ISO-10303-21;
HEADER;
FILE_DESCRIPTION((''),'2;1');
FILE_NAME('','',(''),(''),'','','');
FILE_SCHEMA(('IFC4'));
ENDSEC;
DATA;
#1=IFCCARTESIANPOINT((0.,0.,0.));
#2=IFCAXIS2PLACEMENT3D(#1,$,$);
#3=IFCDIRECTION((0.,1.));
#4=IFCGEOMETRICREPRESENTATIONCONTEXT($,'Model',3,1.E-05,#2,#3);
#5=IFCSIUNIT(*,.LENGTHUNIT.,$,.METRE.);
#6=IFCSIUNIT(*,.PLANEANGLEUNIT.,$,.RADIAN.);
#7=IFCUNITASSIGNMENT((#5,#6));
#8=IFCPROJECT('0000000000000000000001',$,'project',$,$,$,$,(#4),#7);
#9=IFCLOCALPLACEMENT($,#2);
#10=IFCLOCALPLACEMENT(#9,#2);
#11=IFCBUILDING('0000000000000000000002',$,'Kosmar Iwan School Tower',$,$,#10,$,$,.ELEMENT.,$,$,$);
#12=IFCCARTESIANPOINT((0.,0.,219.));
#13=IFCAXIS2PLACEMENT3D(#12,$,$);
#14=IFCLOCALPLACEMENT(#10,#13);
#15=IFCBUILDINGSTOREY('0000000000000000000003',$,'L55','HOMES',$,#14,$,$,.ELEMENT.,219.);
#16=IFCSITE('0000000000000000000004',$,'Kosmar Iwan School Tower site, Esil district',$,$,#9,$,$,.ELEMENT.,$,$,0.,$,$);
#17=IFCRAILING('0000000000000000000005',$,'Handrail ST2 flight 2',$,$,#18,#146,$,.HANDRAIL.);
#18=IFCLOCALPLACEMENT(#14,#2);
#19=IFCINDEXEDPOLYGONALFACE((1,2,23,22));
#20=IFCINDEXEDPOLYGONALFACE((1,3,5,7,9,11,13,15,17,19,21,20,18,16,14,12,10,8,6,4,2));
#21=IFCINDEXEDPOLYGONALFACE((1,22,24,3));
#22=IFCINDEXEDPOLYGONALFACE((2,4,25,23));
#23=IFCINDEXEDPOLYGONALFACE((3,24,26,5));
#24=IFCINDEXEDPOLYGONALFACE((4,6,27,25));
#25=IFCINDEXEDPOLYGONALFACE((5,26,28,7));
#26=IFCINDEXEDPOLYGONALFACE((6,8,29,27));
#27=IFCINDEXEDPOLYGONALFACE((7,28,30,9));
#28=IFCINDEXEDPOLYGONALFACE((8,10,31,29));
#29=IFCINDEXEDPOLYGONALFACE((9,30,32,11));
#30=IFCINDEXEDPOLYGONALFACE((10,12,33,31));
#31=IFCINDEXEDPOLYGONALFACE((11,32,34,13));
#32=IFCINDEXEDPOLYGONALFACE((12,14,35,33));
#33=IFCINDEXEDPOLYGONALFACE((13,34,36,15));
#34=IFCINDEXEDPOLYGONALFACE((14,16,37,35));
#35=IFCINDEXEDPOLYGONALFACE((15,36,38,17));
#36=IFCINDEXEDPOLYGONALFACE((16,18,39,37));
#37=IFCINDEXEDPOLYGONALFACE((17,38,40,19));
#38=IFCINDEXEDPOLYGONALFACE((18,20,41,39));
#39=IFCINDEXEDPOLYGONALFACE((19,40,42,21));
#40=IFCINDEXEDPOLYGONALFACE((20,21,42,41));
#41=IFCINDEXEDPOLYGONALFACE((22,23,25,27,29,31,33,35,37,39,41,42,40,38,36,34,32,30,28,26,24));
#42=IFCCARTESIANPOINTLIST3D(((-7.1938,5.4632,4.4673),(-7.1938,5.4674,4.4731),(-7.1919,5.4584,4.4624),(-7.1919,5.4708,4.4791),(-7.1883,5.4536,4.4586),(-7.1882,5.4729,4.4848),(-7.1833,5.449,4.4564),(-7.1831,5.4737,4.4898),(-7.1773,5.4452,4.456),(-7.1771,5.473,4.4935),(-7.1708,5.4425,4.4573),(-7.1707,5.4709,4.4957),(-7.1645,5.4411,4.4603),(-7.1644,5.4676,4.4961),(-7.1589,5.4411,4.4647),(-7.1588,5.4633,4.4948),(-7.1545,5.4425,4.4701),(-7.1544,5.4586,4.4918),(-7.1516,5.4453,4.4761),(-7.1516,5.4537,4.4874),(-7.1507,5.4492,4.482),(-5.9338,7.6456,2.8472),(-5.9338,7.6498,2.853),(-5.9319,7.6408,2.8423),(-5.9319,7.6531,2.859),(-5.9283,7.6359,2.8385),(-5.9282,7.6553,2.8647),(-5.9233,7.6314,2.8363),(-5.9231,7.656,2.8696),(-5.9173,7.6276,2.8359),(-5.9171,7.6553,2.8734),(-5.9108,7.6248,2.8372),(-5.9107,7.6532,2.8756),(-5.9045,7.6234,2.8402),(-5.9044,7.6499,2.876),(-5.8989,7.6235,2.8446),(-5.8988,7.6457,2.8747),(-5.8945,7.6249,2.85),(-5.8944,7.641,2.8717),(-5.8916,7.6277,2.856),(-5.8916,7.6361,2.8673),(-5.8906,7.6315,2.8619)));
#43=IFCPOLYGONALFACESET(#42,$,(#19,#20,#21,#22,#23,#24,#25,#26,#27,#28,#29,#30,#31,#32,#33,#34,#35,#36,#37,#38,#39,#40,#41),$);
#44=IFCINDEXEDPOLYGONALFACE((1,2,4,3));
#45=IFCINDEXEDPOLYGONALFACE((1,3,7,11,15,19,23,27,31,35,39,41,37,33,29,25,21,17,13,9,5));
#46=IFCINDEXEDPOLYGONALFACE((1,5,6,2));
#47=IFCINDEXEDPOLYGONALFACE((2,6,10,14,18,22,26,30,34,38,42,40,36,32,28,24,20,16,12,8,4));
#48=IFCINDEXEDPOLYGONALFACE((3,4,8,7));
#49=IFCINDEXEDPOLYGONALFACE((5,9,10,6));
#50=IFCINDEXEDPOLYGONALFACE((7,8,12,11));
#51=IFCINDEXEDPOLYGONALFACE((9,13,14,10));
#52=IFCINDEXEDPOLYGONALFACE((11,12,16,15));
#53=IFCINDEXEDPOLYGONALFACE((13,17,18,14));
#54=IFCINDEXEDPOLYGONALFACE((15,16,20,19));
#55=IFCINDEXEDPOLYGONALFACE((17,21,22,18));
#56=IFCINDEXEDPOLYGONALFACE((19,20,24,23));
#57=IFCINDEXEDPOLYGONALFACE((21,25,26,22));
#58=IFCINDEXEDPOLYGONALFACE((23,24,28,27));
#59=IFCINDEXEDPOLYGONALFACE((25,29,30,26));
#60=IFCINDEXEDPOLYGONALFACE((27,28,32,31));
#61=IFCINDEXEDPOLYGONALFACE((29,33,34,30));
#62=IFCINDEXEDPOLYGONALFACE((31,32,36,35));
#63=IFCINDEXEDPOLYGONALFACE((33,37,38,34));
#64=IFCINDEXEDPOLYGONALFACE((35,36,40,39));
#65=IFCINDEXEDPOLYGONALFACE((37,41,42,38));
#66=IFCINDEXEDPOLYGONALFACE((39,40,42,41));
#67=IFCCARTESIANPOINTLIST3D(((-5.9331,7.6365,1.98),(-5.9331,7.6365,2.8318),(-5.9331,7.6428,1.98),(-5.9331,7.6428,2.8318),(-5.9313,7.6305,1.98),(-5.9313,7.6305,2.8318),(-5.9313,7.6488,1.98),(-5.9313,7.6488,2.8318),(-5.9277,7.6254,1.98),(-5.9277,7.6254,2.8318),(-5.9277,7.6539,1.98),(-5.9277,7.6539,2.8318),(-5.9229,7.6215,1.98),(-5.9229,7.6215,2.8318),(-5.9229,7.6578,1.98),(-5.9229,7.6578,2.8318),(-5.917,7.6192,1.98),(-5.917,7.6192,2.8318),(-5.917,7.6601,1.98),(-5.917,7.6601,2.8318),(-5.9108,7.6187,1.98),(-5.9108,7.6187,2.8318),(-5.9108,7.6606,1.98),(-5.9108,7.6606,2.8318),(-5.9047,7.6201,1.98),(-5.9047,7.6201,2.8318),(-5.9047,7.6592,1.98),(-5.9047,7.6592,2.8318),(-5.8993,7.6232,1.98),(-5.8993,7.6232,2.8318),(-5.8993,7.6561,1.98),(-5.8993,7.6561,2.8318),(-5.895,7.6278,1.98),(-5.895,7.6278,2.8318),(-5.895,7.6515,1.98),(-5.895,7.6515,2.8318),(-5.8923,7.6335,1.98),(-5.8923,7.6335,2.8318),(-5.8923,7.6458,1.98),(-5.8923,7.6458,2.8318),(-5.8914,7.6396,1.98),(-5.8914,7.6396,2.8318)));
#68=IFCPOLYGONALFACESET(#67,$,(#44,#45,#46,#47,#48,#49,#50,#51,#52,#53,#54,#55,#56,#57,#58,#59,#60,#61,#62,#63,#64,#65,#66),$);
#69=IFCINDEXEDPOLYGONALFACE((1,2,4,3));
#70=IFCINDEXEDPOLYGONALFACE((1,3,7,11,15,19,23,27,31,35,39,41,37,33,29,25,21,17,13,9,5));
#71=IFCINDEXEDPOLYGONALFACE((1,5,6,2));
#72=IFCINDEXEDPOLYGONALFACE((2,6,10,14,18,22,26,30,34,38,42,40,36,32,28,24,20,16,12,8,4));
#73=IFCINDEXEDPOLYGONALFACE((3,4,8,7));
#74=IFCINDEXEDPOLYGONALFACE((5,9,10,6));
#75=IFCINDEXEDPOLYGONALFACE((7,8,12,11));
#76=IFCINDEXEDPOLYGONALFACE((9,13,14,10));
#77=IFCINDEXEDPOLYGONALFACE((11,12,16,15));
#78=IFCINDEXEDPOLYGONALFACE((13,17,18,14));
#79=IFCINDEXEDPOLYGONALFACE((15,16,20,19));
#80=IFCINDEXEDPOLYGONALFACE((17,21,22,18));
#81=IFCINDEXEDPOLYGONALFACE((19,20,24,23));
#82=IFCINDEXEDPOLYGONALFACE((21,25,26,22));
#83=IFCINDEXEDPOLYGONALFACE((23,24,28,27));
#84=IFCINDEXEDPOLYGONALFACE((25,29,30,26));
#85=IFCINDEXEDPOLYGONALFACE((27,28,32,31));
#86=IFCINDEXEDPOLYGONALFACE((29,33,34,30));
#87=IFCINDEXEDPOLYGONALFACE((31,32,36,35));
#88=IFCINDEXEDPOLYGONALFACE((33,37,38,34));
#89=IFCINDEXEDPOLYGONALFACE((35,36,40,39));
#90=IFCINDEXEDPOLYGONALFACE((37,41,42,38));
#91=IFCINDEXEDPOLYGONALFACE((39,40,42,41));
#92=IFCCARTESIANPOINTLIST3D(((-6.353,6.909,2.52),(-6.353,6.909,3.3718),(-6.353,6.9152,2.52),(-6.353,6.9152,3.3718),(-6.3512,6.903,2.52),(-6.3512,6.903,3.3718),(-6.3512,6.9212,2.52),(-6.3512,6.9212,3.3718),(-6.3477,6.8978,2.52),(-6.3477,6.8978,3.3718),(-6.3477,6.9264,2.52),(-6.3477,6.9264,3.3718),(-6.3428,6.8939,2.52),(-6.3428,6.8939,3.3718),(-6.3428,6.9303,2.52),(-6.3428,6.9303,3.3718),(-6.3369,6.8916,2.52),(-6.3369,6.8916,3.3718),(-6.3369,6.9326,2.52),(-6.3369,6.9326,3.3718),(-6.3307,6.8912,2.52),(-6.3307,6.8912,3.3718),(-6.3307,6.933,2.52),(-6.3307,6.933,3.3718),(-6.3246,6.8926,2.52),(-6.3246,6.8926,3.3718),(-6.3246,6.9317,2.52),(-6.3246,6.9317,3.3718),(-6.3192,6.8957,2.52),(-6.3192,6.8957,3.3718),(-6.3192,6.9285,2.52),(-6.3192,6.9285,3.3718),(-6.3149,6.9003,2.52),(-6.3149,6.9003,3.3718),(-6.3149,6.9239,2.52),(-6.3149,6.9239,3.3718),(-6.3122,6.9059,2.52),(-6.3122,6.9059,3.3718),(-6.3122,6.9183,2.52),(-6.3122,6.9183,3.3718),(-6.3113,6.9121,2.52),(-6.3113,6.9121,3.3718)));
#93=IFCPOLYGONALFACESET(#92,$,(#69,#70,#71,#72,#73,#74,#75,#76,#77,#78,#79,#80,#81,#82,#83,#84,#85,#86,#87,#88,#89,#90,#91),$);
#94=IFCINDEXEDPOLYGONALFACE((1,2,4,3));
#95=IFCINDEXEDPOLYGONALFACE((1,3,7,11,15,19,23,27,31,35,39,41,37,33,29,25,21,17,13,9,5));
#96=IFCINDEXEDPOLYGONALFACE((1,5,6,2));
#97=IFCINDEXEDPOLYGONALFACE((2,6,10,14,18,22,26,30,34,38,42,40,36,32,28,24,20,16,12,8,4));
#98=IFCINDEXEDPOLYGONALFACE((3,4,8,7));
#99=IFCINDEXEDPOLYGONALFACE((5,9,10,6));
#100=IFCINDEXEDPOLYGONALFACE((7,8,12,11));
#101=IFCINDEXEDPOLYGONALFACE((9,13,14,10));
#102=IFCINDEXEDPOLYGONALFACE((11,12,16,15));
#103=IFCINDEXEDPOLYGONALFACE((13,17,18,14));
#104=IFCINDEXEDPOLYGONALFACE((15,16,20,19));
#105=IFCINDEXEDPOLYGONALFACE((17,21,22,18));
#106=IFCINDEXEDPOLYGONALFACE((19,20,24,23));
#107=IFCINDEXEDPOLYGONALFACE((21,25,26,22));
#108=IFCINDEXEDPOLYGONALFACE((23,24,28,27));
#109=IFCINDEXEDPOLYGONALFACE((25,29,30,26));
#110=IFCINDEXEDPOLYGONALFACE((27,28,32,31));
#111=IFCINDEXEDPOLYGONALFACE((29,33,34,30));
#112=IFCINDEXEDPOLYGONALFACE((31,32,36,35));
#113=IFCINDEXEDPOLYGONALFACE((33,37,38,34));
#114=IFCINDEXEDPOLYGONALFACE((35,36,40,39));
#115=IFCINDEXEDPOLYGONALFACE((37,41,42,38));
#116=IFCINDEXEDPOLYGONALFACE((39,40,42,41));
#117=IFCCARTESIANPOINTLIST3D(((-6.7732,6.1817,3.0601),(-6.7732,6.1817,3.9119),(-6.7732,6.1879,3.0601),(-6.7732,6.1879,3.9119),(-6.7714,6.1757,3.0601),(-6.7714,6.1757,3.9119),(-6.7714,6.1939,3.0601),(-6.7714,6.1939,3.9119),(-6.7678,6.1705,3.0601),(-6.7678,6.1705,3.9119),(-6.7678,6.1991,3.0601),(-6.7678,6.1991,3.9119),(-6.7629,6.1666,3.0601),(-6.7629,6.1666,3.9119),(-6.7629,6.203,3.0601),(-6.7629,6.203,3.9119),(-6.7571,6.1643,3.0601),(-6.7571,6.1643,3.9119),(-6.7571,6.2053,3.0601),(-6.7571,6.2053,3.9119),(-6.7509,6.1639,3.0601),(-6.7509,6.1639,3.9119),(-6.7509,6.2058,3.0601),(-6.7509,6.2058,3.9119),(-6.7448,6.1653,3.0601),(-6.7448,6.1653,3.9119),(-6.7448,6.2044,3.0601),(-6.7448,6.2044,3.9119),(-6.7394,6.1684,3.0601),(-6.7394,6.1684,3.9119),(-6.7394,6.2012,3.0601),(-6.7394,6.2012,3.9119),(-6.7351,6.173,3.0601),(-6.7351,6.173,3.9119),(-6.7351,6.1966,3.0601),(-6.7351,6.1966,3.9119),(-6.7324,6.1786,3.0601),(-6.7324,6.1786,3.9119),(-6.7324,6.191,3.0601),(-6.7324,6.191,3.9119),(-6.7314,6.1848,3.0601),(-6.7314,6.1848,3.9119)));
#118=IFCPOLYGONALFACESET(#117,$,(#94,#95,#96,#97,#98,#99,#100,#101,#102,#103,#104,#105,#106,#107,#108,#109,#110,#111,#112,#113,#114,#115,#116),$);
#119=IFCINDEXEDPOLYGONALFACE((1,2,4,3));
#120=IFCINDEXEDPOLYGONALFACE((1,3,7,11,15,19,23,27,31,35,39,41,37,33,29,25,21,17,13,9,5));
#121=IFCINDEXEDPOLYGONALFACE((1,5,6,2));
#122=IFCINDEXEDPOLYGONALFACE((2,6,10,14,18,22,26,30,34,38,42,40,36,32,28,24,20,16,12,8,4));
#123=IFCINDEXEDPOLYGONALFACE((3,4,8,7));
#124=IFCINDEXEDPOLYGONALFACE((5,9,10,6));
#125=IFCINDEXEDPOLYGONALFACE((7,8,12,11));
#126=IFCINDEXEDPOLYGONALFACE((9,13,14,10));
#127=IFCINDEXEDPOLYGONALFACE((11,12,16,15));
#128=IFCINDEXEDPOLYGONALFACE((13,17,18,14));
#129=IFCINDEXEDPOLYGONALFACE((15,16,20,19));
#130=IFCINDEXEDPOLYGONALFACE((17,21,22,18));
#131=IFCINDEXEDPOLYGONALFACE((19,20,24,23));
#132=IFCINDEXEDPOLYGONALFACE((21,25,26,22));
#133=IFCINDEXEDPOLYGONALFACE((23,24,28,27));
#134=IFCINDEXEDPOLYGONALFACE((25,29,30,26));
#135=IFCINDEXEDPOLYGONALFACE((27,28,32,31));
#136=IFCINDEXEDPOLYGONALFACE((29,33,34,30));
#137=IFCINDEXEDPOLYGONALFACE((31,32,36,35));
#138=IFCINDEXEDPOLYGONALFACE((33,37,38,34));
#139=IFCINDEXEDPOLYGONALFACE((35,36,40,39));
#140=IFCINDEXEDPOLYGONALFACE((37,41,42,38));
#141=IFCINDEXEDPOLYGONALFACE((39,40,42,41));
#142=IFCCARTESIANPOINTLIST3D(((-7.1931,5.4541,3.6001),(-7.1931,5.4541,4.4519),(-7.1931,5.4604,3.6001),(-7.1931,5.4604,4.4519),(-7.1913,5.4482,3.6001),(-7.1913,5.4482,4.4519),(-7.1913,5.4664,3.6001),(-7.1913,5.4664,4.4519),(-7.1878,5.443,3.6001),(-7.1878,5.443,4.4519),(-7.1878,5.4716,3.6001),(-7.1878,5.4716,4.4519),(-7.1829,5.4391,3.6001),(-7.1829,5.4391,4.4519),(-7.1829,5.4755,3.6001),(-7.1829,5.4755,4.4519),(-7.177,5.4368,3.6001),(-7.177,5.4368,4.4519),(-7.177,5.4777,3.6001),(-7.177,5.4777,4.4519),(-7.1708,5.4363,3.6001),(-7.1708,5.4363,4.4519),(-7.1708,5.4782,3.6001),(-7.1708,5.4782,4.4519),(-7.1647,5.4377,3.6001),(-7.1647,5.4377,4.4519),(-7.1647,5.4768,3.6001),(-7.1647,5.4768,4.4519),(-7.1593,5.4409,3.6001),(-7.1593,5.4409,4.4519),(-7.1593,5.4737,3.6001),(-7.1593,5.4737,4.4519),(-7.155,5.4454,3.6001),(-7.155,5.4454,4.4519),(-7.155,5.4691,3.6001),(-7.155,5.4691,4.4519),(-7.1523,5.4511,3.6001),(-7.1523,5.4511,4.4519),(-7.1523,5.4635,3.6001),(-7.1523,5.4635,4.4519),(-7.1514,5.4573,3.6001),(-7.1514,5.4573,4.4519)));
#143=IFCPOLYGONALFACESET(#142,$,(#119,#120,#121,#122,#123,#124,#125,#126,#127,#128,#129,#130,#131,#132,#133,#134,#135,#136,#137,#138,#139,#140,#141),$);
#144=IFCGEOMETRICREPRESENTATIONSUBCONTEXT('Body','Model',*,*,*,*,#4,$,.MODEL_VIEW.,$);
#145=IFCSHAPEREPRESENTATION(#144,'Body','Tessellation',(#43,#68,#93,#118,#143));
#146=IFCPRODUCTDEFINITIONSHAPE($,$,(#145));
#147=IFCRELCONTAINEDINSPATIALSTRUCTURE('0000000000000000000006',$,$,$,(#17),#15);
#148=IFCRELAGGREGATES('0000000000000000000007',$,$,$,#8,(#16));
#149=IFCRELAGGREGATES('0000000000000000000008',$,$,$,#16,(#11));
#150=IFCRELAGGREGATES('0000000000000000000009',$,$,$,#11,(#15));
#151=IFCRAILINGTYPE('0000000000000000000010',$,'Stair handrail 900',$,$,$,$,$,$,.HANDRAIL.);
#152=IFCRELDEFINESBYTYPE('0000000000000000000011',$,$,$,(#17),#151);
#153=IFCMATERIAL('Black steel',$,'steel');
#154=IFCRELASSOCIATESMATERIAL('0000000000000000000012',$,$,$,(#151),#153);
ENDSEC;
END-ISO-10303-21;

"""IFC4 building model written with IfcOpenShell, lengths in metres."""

from ifc_helpers import new_model, si_unit, direction, frame, origin, origin_2d, place, context, subcontext, project, spatial, circle, extrude, material, type_object, element, save


model = new_model("IFC4")

# Units and contexts
model_context = context("Model", 3, precision=1e-05, world=origin(), true_north=direction((0.0, 1.0)))
body_context = subcontext(model_context, "Body", "Model", "MODEL_VIEW")
ifc_project = project(units=[si_unit("LENGTHUNIT", "METRE"), si_unit("PLANEANGLEUNIT", "RADIAN")], contexts=[model_context])

# Site, building, storey
site_placement = place(None, origin())
site = spatial("IfcSite", under=ifc_project, at=site_placement, Name="Kosmar Iwan School Tower site, Esil district", CompositionType="ELEMENT", RefElevation=0.0)
building_placement = place(site_placement, origin())
building = spatial("IfcBuilding", under=site, at=building_placement, Name="Kosmar Iwan School Tower", CompositionType="ELEMENT")
storey_placement = place(building_placement, frame((0.0, 0.0, 219.0)))
storey = spatial("IfcBuildingStorey", under=building, at=storey_placement, Name="L55", Description="HOMES", CompositionType="ELEMENT", Elevation=219.0)

# Railing
ifc_material_1 = material(Name="Black steel", Category="steel")
railing_type = type_object("IfcRailingType", Name="Stair handrail 900", PredefinedType="HANDRAIL", material=ifc_material_1)
railing_1_placement = place(storey_placement, frame((-5.9124, 7.6396, 1.98)))
element("IfcRailing", 1, at=railing_1_placement, inside=storey, type_object=railing_type, Name="Handrail ST2 flight 2", PredefinedType="HANDRAIL", context=body_context, shape_type="SweptSolid", body=[
    extrude(circle(Radius=0.0239, at=origin_2d()), frame((0.0, 0.0, 0.876), z_axis=(-0.420584, -0.728464, 0.540786), x_axis=(0.866023, -0.500005, 0.0)), (0.0, 0.0, 1.0), 2.9958),
    extrude(circle(Radius=0.021, at=origin_2d()), origin(), (0.0, 0.0, 1.0), 0.8518),
    extrude(circle(Radius=0.021, at=origin_2d()), frame((-0.4199, -0.7275, 0.54)), (0.0, 0.0, 1.0), 0.8518),
    extrude(circle(Radius=0.021, at=origin_2d()), frame((-0.8401, -1.4548, 1.0801)), (0.0, 0.0, 1.0), 0.8518),
    extrude(circle(Radius=0.021, at=origin_2d()), frame((-1.26, -2.1824, 1.6201)), (0.0, 0.0, 1.0), 0.8518),
])

save(model, "model.ifc")
